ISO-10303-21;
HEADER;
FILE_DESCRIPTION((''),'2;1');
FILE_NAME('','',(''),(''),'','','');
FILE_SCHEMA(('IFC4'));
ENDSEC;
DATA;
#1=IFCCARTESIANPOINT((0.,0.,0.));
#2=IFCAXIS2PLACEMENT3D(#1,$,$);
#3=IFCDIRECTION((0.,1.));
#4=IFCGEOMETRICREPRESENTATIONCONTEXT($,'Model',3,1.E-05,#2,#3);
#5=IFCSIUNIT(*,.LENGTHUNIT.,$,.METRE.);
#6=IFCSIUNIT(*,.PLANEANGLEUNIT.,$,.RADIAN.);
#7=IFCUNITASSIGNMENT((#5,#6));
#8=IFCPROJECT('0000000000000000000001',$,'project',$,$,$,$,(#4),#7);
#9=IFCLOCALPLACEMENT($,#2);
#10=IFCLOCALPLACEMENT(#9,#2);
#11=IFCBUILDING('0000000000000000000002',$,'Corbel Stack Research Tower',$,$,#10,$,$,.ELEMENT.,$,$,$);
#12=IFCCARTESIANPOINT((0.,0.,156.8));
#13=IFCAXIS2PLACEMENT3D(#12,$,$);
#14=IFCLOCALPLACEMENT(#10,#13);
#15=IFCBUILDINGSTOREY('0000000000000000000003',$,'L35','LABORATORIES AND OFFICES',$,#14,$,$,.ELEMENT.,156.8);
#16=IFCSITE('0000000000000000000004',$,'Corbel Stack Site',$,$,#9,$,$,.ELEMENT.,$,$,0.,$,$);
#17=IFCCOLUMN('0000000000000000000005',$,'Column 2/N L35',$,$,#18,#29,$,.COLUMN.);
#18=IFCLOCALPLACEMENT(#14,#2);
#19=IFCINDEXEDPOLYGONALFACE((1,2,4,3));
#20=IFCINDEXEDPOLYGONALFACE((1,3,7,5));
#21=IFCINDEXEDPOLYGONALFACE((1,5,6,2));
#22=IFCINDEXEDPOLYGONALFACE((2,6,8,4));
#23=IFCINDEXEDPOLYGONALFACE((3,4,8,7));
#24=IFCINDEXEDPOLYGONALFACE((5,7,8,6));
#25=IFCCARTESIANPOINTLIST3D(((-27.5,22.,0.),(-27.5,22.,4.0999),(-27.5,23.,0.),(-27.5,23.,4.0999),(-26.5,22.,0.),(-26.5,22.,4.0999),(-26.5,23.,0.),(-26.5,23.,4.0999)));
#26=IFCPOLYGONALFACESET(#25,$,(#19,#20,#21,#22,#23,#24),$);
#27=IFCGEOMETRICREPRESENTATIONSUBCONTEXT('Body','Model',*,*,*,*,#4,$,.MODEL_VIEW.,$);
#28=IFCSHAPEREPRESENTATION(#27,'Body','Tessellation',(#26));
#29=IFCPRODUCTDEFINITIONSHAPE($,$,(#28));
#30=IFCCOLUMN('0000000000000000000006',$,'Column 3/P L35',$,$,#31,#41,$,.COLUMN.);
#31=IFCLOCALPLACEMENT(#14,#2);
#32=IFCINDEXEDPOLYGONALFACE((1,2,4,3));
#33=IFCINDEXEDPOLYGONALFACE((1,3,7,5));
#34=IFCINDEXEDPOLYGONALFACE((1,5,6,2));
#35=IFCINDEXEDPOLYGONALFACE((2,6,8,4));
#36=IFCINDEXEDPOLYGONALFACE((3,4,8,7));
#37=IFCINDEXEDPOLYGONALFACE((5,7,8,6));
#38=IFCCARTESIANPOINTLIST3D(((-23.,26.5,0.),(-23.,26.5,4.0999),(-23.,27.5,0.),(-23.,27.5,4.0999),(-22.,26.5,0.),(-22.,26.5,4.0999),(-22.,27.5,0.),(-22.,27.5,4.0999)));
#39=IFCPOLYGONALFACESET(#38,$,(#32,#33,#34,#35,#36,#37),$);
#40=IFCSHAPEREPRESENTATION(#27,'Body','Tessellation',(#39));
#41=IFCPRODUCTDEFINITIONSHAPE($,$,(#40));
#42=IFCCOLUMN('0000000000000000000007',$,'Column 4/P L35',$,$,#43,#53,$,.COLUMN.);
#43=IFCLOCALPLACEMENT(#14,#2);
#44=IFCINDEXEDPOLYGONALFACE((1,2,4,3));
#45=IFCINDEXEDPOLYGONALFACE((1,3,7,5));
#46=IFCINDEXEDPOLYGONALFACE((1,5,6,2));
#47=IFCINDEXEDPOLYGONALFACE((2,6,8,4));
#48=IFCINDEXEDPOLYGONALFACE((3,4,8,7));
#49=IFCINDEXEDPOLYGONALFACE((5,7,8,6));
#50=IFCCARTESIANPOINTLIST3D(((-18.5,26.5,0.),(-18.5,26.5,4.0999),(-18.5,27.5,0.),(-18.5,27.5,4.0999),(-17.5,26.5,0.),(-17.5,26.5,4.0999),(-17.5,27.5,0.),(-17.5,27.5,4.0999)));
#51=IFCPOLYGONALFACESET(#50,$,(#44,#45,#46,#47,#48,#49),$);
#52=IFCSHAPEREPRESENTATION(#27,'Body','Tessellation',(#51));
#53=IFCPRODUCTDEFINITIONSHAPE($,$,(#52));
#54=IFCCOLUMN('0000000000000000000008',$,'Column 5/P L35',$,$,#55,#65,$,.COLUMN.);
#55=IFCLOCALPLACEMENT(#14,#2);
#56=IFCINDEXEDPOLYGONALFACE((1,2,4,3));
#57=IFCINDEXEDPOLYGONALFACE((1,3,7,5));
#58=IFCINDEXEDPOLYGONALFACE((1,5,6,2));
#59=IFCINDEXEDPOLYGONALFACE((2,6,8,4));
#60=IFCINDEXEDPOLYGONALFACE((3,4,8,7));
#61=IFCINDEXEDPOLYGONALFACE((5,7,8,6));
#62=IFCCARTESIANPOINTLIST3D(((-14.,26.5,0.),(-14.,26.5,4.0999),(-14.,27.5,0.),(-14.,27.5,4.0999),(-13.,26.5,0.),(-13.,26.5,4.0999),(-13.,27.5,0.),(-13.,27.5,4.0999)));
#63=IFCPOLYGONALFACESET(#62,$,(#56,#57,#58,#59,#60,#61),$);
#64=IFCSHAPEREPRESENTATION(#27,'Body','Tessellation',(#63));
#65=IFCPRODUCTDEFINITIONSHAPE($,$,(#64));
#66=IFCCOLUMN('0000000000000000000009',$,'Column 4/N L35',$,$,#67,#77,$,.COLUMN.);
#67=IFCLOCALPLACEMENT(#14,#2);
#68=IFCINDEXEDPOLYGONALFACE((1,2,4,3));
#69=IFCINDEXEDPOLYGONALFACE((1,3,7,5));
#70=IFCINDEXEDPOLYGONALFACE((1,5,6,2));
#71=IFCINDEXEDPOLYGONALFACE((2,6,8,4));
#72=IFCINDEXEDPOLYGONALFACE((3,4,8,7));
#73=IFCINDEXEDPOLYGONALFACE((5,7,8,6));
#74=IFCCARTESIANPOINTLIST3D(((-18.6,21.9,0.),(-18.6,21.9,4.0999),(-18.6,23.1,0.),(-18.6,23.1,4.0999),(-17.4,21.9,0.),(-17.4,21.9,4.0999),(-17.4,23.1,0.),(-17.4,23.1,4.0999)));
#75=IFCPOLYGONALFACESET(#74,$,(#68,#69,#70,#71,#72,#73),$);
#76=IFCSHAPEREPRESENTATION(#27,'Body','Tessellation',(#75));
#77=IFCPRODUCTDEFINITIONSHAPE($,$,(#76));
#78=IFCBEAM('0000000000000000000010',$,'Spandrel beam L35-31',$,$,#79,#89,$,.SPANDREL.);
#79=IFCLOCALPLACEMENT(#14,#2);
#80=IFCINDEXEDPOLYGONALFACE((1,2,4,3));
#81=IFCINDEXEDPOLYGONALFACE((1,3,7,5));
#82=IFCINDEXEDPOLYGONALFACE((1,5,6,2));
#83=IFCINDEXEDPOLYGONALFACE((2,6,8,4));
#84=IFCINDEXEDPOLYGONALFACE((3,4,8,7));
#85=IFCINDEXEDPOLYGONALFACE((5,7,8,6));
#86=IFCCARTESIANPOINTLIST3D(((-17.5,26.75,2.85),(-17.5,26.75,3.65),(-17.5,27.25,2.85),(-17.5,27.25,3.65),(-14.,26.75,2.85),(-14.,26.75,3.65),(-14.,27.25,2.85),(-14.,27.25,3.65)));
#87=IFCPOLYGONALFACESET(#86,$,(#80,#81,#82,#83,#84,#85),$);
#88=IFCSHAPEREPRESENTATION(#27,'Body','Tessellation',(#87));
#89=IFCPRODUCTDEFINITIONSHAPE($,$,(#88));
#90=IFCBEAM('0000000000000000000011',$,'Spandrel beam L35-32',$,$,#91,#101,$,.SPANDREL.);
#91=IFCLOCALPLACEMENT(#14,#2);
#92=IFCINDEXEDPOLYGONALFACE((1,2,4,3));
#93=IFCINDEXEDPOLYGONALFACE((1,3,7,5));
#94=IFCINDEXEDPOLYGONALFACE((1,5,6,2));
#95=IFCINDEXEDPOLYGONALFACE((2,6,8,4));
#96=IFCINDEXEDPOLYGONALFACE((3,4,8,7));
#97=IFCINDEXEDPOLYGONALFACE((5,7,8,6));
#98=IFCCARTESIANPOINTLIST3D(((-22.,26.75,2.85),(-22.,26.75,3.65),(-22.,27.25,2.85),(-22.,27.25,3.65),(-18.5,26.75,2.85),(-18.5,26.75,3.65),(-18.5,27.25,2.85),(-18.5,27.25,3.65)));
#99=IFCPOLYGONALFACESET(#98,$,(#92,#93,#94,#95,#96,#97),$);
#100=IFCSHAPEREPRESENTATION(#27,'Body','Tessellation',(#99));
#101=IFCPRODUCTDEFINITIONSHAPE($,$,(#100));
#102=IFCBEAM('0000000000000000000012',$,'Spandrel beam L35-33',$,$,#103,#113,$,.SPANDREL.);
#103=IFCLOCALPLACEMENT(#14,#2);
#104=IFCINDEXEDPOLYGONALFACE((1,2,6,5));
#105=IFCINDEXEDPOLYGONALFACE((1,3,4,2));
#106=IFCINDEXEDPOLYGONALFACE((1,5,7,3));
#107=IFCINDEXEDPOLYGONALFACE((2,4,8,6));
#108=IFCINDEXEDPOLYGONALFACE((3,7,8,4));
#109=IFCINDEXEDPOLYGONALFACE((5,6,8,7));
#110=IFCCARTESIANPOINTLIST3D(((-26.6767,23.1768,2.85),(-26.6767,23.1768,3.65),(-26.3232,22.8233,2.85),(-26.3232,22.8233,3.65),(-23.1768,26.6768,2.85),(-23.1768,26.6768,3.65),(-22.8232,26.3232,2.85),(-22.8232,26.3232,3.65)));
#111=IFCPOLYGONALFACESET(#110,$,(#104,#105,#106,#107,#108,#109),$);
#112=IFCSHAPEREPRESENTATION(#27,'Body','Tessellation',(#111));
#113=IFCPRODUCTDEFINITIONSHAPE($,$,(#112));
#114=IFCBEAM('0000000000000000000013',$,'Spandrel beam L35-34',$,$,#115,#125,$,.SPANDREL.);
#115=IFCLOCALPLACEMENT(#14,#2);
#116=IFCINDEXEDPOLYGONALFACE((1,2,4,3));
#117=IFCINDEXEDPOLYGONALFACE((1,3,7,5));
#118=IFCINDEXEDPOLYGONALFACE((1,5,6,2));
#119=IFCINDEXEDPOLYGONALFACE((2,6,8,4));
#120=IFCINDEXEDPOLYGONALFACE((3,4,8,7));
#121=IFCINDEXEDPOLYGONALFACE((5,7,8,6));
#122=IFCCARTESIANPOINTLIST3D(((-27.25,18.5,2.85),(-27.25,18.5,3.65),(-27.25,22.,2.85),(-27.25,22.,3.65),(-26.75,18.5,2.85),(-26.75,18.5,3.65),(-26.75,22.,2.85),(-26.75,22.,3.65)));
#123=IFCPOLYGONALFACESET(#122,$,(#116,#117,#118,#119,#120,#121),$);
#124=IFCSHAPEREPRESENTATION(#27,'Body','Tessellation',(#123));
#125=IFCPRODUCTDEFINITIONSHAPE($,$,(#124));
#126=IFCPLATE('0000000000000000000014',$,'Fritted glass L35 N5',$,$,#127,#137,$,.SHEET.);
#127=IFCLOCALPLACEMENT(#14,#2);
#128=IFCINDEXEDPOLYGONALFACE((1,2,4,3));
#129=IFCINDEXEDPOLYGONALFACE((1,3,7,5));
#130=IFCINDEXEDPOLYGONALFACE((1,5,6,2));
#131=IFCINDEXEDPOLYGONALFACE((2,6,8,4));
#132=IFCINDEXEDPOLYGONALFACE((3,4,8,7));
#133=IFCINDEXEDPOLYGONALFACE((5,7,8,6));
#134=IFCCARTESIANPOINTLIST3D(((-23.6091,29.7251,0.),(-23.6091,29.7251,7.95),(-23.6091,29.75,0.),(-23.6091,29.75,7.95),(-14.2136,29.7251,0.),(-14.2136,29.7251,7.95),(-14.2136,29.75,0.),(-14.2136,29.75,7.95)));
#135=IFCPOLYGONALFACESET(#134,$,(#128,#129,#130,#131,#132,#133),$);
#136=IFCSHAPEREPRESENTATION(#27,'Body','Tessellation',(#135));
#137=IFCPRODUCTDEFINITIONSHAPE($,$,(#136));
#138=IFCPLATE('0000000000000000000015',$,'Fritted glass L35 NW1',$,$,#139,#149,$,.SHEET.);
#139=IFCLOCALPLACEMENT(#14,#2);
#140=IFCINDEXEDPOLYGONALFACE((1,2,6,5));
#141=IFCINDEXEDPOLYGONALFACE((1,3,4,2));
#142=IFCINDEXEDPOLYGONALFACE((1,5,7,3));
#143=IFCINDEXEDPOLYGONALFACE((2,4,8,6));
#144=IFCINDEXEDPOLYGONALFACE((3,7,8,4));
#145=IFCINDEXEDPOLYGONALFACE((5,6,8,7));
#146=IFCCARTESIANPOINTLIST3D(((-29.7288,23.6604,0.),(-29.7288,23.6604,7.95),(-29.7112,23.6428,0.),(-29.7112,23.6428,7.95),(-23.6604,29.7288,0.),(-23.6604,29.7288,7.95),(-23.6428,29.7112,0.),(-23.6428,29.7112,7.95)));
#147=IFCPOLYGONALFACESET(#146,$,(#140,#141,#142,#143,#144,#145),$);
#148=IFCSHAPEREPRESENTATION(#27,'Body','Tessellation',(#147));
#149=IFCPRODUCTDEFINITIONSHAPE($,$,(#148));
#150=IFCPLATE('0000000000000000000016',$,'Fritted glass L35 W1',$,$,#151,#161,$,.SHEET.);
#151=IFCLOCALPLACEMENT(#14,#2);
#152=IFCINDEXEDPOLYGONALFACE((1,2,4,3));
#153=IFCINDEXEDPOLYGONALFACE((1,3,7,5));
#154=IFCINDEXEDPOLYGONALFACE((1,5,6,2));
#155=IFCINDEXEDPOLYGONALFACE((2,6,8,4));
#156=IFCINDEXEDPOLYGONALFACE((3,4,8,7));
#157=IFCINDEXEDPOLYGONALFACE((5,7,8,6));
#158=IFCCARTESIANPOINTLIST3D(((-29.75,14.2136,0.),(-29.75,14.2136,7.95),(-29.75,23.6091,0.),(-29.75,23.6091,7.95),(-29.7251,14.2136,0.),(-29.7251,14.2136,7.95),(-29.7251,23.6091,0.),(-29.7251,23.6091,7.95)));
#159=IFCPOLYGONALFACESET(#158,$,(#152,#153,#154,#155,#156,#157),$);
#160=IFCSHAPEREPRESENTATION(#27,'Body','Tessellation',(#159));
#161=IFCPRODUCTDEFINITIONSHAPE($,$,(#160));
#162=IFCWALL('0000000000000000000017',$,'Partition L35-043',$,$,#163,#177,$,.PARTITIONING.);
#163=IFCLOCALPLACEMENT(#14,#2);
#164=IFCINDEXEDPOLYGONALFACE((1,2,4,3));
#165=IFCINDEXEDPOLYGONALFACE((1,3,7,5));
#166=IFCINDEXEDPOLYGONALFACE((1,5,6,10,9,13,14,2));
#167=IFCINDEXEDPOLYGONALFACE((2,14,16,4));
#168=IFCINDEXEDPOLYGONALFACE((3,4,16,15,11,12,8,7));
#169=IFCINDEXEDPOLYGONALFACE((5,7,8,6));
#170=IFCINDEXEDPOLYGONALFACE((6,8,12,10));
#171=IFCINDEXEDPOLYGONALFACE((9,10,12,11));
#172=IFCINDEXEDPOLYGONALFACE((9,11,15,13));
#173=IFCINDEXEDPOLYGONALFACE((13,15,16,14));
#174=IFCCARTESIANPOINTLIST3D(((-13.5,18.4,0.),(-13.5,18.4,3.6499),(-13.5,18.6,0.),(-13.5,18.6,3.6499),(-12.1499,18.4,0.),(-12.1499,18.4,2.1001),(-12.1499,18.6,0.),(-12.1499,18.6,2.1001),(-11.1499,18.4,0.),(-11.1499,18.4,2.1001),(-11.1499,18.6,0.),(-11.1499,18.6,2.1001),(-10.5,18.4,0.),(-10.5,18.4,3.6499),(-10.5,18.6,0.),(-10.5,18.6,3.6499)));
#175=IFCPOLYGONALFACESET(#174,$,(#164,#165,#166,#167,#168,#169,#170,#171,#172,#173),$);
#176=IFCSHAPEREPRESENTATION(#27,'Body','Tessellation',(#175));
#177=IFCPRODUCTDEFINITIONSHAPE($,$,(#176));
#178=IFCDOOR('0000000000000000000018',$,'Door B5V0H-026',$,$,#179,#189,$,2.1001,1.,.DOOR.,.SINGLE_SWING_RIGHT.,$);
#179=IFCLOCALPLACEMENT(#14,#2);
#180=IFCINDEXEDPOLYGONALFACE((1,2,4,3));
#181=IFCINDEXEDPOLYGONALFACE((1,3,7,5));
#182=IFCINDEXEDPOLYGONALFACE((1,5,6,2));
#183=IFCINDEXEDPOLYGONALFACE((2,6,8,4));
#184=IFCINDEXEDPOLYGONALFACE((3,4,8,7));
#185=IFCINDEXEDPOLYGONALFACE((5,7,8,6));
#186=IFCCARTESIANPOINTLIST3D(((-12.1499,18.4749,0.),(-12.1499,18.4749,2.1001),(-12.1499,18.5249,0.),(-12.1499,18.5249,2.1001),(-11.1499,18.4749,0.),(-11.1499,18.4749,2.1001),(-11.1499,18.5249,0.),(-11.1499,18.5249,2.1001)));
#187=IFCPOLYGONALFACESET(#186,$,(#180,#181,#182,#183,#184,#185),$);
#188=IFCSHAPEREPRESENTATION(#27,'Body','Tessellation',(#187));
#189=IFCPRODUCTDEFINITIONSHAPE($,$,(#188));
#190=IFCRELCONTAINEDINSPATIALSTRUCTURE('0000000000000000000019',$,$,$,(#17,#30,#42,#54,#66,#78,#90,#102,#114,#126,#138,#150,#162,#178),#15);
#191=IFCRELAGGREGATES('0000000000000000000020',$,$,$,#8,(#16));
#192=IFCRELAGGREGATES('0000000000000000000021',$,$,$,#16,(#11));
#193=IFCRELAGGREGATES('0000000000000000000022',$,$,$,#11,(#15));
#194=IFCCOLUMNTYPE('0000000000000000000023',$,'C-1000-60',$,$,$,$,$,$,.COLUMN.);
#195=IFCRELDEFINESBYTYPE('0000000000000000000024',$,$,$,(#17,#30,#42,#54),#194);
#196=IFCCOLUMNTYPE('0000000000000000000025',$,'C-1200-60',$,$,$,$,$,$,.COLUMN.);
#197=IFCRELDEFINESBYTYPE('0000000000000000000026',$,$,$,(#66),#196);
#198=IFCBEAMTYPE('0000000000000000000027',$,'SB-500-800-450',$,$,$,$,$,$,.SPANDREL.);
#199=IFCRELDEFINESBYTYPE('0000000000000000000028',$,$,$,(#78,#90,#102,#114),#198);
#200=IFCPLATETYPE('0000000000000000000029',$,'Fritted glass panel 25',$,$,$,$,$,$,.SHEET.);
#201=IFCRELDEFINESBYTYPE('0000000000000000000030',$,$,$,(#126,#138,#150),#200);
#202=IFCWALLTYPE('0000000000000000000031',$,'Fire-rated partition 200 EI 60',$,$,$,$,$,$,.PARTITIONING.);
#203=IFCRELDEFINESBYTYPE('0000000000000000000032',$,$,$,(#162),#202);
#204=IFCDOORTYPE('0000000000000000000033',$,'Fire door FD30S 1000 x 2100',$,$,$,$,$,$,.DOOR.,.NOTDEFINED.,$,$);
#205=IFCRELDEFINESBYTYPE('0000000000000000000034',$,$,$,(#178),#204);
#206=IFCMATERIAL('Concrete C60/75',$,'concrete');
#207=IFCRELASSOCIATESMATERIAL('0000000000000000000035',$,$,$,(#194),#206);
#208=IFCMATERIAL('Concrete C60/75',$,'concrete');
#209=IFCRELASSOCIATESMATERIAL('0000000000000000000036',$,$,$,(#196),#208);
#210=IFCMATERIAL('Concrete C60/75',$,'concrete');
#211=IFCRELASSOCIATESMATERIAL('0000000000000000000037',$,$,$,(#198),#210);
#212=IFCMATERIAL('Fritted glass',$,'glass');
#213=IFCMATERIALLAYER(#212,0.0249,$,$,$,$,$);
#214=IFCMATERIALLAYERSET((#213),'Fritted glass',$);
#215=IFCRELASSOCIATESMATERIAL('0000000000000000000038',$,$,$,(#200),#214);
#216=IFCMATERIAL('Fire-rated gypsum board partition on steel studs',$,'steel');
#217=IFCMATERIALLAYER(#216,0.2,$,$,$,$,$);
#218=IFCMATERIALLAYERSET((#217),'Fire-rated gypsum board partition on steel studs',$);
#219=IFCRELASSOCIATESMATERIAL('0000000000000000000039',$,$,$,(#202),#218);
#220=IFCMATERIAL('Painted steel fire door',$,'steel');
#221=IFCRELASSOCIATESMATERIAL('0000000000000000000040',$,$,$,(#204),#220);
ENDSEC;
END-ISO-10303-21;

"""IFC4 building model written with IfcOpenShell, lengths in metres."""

from ifc_helpers import new_model, si_unit, direction, frame, frame_2d, origin, origin_2d, place, context, subcontext, project, spatial, rectangle, extrude, material, layer, layer_set, material_profile, profile_set, type_object, element, fill, save


model = new_model("IFC4")

# Units and contexts
model_context = context("Model", 3, precision=1e-05, world=origin(), true_north=direction((0.0, 1.0)))
body_context = subcontext(model_context, "Body", "Model", "MODEL_VIEW")
ifc_project = project(units=[si_unit("LENGTHUNIT", "METRE"), si_unit("PLANEANGLEUNIT", "RADIAN")], contexts=[model_context])

# Site, building, storey
site_placement = place(None, origin())
site = spatial("IfcSite", under=ifc_project, at=site_placement, Name="Corbel Stack Site", CompositionType="ELEMENT", RefElevation=0.0)
building_placement = place(site_placement, origin())
building = spatial("IfcBuilding", under=site, at=building_placement, Name="Corbel Stack Research Tower", CompositionType="ELEMENT")
storey_placement = place(building_placement, frame((0.0, 0.0, 156.8)))
storey = spatial("IfcBuildingStorey", under=building, at=storey_placement, Name="L35", Description="LABORATORIES AND OFFICES", CompositionType="ELEMENT", Elevation=156.8)

# Columns
ifc_material_1 = material(Name="Concrete C60/75", Category="concrete")
ifc_material_profile_1 = material_profile(ifc_material_1, rectangle(XDim=1.0, YDim=1.0, at=origin_2d()), Name="RC 1000 x 1000")
ifc_profile_set_1 = profile_set([ifc_material_profile_1], Name="Concrete C60/75")
column_type_1 = type_object("IfcColumnType", Name="C-1000-60", PredefinedType="COLUMN", material=ifc_profile_set_1)
for number, where, z_axis, x_axis, name in (
    (1, (-27.0, 22.5, 0.0), (0.0, 0.0, 1.0), (1.0, 0.0, 0.0), "Column 2/N L35"),
    (2, (-22.5, 27.0, 0.0), (0.0, 0.0, 1.0), (1.0, 0.0, 0.0), "Column 3/P L35"),
    (3, (-18.0, 27.0, 0.0), (0.0, 0.0, 1.0), (1.0, 0.0, 0.0), "Column 4/P L35"),
    (4, (-13.5, 27.0, 0.0), (0.0, 0.0, 1.0), (1.0, 0.0, 0.0), "Column 5/P L35"),
):
    element("IfcColumn", number, at=place(storey_placement, frame(where, z_axis=z_axis, x_axis=x_axis)), inside=storey, type_object=column_type_1, Name=name, PredefinedType="COLUMN", context=body_context, shape_type="SweptSolid", body=[
        extrude(rectangle(XDim=1.0, YDim=1.0, at=origin_2d()), origin(), (0.0, 0.0, 1.0), 4.0999),
    ])
ifc_material_2 = material(Name="Concrete C60/75", Category="concrete")
ifc_material_profile_2 = material_profile(ifc_material_2, rectangle(XDim=1.2, YDim=1.2, at=origin_2d()), Name="RC 1200 x 1200")
ifc_profile_set_2 = profile_set([ifc_material_profile_2], Name="Concrete C60/75")
column_type_2 = type_object("IfcColumnType", Name="C-1200-60", PredefinedType="COLUMN", material=ifc_profile_set_2)
column_placement = place(storey_placement, frame((-18.0, 22.5, 0.0), z_axis=(0.0, 0.0, 1.0), x_axis=(1.0, 0.0, 0.0)))
element("IfcColumn", 5, at=column_placement, inside=storey, type_object=column_type_2, Name="Column 4/N L35", PredefinedType="COLUMN", context=body_context, shape_type="SweptSolid", body=[
    extrude(rectangle(XDim=1.2, YDim=1.2, at=origin_2d()), origin(), (0.0, 0.0, 1.0), 4.0999),
])

# Beams
ifc_material_3 = material(Name="Concrete C60/75", Category="concrete")
ifc_material_profile_3 = material_profile(ifc_material_3, rectangle(XDim=0.5, YDim=0.8, at=origin_2d()), Name="RC 500 x 800")
ifc_profile_set_3 = profile_set([ifc_material_profile_3], Name="Concrete C60/75")
beam_type = type_object("IfcBeamType", Name="SB-500-800-450", PredefinedType="SPANDREL", material=ifc_profile_set_3)
for number, where, z_axis, x_axis, name in (
    (6, (-14.0, 27.0, 3.25), (-1.0, 0.0, 0.0), (0.0, -1.0, 0.0), "Spandrel beam L35-31"),
    (7, (-18.5, 27.0, 3.25), (-1.0, 0.0, 0.0), (0.0, -1.0, 0.0), "Spandrel beam L35-32"),
):
    element("IfcBeam", number, at=place(storey_placement, frame(where, z_axis=z_axis, x_axis=x_axis)), inside=storey, type_object=beam_type, Name=name, PredefinedType="SPANDREL", context=body_context, shape_type="SweptSolid", body=[
        extrude(rectangle(XDim=0.5, YDim=0.8, at=origin_2d()), origin(), (0.0, 0.0, 1.0), 3.5),
    ])
beam_1_placement = place(storey_placement, frame((-23.0, 26.5, 3.25), z_axis=(-0.707107, -0.707107, 0.0), x_axis=(0.707107, -0.707107, 0.0)))
element("IfcBeam", 8, at=beam_1_placement, inside=storey, type_object=beam_type, Name="Spandrel beam L35-33", PredefinedType="SPANDREL", context=body_context, shape_type="SweptSolid", body=[
    extrude(rectangle(XDim=0.5, YDim=0.8, at=origin_2d()), origin(), (0.0, 0.0, 1.0), 4.9497),
])
beam_2_placement = place(storey_placement, frame((-27.0, 22.0, 3.25), z_axis=(0.0, -1.0, 0.0), x_axis=(1.0, 0.0, 0.0)))
element("IfcBeam", 9, at=beam_2_placement, inside=storey, type_object=beam_type, Name="Spandrel beam L35-34", PredefinedType="SPANDREL", context=body_context, shape_type="SweptSolid", body=[
    extrude(rectangle(XDim=0.5, YDim=0.8, at=origin_2d()), origin(), (0.0, 0.0, 1.0), 3.5),
])

# Plates
ifc_material_4 = material(Name="Fritted glass", Category="glass")
ifc_layer_1 = layer(ifc_material_4, 0.0249)
ifc_layer_set_1 = layer_set([ifc_layer_1], Name="Fritted glass")
plate_type = type_object("IfcPlateType", Name="Fritted glass panel 25", PredefinedType="SHEET", material=ifc_layer_set_1)
plate_1_placement = place(storey_placement, frame((-18.9114, 29.7375, 0.0), z_axis=(0.0, 0.0, 1.0), x_axis=(-1.0, 0.0, 0.0)))
element("IfcPlate", 10, at=plate_1_placement, inside=storey, type_object=plate_type, Name="Fritted glass L35 N5", PredefinedType="SHEET", context=body_context, shape_type="SweptSolid", body=[
    extrude(rectangle(XDim=9.3955, YDim=0.0249, at=origin_2d()), origin(), (0.0, 0.0, 1.0), 7.95),
])
plate_2_placement = place(storey_placement, frame((-26.6858, 26.6858, 0.0), z_axis=(0.0, 0.0, 1.0), x_axis=(-0.707107, -0.707107, 0.0)))
element("IfcPlate", 11, at=plate_2_placement, inside=storey, type_object=plate_type, Name="Fritted glass L35 NW1", PredefinedType="SHEET", context=body_context, shape_type="SweptSolid", body=[
    extrude(rectangle(XDim=8.582, YDim=0.0249, at=origin_2d()), origin(), (0.0, 0.0, 1.0), 7.95),
])
plate_3_placement = place(storey_placement, frame((-29.7375, 18.9114, 0.0), z_axis=(0.0, 0.0, 1.0), x_axis=(0.0, -1.0, 0.0)))
element("IfcPlate", 12, at=plate_3_placement, inside=storey, type_object=plate_type, Name="Fritted glass L35 W1", PredefinedType="SHEET", context=body_context, shape_type="SweptSolid", body=[
    extrude(rectangle(XDim=9.3955, YDim=0.0249, at=origin_2d()), origin(), (0.0, 0.0, 1.0), 7.95),
])

# Wall, opening, door
ifc_material_5 = material(Name="Fire-rated gypsum board partition on steel studs", Category="steel")
ifc_layer_2 = layer(ifc_material_5, 0.2)
ifc_layer_set_2 = layer_set([ifc_layer_2], Name="Fire-rated gypsum board partition on steel studs")
wall_type_1 = type_object("IfcWallType", Name="Fire-rated partition 200 EI 60", PredefinedType="PARTITIONING", material=ifc_layer_set_2)
wall_1_placement = place(storey_placement, frame((-13.5, 18.5, 0.0), z_axis=(0.0, 0.0, 1.0), x_axis=(1.0, 0.0, 0.0)))
wall_1 = element("IfcWall", 13, at=wall_1_placement, inside=storey, type_object=wall_type_1, Name="Partition L35-043", PredefinedType="PARTITIONING", context=body_context, shape_type="SweptSolid", body=[
    extrude(rectangle(XDim=3.0, YDim=0.2, at=frame_2d((1.5, 0.0))), origin(), (0.0, 0.0, 1.0), 3.6499),
])
opening_1_placement = place(wall_1_placement, frame((1.3501, 0.0, 0.0)))
opening_1 = element("IfcOpeningElement", 14, at=opening_1_placement, cuts=wall_1, PredefinedType="OPENING", context=body_context, shape_type="SweptSolid", body=[
    extrude(rectangle(XDim=1.0, YDim=2.1001, at=frame_2d((0.5, 1.05))), frame((0.0, 0.1099, 0.0), z_axis=(0.0, -1.0, 0.0), x_axis=(1.0, 0.0, 0.0)), (0.0, 0.0, 1.0), 0.22),
])
ifc_material_6 = material(Name="Painted steel fire door", Category="steel")
door_type_1 = type_object("IfcDoorType", Name="Fire door FD30S 1000 x 2100", OperationType="NOTDEFINED", PredefinedType="DOOR", material=ifc_material_6)
door_1_placement = place(opening_1_placement, origin())
door_1 = element("IfcDoor", 15, at=door_1_placement, inside=storey, type_object=door_type_1, Name="Door B5V0H-026", OperationType="SINGLE_SWING_RIGHT", OverallHeight=2.1001, OverallWidth=1.0, PredefinedType="DOOR", context=body_context, shape_type="SweptSolid", body=[
    extrude(rectangle(XDim=1.0, YDim=2.1001, at=frame_2d((0.5, 1.05))), frame((0.0, 0.0249, 0.0), z_axis=(0.0, -1.0, 0.0), x_axis=(1.0, 0.0, 0.0)), (0.0, 0.0, 1.0), 0.05),
])
fill(opening_1, door_1)

save(model, "model.ifc")
